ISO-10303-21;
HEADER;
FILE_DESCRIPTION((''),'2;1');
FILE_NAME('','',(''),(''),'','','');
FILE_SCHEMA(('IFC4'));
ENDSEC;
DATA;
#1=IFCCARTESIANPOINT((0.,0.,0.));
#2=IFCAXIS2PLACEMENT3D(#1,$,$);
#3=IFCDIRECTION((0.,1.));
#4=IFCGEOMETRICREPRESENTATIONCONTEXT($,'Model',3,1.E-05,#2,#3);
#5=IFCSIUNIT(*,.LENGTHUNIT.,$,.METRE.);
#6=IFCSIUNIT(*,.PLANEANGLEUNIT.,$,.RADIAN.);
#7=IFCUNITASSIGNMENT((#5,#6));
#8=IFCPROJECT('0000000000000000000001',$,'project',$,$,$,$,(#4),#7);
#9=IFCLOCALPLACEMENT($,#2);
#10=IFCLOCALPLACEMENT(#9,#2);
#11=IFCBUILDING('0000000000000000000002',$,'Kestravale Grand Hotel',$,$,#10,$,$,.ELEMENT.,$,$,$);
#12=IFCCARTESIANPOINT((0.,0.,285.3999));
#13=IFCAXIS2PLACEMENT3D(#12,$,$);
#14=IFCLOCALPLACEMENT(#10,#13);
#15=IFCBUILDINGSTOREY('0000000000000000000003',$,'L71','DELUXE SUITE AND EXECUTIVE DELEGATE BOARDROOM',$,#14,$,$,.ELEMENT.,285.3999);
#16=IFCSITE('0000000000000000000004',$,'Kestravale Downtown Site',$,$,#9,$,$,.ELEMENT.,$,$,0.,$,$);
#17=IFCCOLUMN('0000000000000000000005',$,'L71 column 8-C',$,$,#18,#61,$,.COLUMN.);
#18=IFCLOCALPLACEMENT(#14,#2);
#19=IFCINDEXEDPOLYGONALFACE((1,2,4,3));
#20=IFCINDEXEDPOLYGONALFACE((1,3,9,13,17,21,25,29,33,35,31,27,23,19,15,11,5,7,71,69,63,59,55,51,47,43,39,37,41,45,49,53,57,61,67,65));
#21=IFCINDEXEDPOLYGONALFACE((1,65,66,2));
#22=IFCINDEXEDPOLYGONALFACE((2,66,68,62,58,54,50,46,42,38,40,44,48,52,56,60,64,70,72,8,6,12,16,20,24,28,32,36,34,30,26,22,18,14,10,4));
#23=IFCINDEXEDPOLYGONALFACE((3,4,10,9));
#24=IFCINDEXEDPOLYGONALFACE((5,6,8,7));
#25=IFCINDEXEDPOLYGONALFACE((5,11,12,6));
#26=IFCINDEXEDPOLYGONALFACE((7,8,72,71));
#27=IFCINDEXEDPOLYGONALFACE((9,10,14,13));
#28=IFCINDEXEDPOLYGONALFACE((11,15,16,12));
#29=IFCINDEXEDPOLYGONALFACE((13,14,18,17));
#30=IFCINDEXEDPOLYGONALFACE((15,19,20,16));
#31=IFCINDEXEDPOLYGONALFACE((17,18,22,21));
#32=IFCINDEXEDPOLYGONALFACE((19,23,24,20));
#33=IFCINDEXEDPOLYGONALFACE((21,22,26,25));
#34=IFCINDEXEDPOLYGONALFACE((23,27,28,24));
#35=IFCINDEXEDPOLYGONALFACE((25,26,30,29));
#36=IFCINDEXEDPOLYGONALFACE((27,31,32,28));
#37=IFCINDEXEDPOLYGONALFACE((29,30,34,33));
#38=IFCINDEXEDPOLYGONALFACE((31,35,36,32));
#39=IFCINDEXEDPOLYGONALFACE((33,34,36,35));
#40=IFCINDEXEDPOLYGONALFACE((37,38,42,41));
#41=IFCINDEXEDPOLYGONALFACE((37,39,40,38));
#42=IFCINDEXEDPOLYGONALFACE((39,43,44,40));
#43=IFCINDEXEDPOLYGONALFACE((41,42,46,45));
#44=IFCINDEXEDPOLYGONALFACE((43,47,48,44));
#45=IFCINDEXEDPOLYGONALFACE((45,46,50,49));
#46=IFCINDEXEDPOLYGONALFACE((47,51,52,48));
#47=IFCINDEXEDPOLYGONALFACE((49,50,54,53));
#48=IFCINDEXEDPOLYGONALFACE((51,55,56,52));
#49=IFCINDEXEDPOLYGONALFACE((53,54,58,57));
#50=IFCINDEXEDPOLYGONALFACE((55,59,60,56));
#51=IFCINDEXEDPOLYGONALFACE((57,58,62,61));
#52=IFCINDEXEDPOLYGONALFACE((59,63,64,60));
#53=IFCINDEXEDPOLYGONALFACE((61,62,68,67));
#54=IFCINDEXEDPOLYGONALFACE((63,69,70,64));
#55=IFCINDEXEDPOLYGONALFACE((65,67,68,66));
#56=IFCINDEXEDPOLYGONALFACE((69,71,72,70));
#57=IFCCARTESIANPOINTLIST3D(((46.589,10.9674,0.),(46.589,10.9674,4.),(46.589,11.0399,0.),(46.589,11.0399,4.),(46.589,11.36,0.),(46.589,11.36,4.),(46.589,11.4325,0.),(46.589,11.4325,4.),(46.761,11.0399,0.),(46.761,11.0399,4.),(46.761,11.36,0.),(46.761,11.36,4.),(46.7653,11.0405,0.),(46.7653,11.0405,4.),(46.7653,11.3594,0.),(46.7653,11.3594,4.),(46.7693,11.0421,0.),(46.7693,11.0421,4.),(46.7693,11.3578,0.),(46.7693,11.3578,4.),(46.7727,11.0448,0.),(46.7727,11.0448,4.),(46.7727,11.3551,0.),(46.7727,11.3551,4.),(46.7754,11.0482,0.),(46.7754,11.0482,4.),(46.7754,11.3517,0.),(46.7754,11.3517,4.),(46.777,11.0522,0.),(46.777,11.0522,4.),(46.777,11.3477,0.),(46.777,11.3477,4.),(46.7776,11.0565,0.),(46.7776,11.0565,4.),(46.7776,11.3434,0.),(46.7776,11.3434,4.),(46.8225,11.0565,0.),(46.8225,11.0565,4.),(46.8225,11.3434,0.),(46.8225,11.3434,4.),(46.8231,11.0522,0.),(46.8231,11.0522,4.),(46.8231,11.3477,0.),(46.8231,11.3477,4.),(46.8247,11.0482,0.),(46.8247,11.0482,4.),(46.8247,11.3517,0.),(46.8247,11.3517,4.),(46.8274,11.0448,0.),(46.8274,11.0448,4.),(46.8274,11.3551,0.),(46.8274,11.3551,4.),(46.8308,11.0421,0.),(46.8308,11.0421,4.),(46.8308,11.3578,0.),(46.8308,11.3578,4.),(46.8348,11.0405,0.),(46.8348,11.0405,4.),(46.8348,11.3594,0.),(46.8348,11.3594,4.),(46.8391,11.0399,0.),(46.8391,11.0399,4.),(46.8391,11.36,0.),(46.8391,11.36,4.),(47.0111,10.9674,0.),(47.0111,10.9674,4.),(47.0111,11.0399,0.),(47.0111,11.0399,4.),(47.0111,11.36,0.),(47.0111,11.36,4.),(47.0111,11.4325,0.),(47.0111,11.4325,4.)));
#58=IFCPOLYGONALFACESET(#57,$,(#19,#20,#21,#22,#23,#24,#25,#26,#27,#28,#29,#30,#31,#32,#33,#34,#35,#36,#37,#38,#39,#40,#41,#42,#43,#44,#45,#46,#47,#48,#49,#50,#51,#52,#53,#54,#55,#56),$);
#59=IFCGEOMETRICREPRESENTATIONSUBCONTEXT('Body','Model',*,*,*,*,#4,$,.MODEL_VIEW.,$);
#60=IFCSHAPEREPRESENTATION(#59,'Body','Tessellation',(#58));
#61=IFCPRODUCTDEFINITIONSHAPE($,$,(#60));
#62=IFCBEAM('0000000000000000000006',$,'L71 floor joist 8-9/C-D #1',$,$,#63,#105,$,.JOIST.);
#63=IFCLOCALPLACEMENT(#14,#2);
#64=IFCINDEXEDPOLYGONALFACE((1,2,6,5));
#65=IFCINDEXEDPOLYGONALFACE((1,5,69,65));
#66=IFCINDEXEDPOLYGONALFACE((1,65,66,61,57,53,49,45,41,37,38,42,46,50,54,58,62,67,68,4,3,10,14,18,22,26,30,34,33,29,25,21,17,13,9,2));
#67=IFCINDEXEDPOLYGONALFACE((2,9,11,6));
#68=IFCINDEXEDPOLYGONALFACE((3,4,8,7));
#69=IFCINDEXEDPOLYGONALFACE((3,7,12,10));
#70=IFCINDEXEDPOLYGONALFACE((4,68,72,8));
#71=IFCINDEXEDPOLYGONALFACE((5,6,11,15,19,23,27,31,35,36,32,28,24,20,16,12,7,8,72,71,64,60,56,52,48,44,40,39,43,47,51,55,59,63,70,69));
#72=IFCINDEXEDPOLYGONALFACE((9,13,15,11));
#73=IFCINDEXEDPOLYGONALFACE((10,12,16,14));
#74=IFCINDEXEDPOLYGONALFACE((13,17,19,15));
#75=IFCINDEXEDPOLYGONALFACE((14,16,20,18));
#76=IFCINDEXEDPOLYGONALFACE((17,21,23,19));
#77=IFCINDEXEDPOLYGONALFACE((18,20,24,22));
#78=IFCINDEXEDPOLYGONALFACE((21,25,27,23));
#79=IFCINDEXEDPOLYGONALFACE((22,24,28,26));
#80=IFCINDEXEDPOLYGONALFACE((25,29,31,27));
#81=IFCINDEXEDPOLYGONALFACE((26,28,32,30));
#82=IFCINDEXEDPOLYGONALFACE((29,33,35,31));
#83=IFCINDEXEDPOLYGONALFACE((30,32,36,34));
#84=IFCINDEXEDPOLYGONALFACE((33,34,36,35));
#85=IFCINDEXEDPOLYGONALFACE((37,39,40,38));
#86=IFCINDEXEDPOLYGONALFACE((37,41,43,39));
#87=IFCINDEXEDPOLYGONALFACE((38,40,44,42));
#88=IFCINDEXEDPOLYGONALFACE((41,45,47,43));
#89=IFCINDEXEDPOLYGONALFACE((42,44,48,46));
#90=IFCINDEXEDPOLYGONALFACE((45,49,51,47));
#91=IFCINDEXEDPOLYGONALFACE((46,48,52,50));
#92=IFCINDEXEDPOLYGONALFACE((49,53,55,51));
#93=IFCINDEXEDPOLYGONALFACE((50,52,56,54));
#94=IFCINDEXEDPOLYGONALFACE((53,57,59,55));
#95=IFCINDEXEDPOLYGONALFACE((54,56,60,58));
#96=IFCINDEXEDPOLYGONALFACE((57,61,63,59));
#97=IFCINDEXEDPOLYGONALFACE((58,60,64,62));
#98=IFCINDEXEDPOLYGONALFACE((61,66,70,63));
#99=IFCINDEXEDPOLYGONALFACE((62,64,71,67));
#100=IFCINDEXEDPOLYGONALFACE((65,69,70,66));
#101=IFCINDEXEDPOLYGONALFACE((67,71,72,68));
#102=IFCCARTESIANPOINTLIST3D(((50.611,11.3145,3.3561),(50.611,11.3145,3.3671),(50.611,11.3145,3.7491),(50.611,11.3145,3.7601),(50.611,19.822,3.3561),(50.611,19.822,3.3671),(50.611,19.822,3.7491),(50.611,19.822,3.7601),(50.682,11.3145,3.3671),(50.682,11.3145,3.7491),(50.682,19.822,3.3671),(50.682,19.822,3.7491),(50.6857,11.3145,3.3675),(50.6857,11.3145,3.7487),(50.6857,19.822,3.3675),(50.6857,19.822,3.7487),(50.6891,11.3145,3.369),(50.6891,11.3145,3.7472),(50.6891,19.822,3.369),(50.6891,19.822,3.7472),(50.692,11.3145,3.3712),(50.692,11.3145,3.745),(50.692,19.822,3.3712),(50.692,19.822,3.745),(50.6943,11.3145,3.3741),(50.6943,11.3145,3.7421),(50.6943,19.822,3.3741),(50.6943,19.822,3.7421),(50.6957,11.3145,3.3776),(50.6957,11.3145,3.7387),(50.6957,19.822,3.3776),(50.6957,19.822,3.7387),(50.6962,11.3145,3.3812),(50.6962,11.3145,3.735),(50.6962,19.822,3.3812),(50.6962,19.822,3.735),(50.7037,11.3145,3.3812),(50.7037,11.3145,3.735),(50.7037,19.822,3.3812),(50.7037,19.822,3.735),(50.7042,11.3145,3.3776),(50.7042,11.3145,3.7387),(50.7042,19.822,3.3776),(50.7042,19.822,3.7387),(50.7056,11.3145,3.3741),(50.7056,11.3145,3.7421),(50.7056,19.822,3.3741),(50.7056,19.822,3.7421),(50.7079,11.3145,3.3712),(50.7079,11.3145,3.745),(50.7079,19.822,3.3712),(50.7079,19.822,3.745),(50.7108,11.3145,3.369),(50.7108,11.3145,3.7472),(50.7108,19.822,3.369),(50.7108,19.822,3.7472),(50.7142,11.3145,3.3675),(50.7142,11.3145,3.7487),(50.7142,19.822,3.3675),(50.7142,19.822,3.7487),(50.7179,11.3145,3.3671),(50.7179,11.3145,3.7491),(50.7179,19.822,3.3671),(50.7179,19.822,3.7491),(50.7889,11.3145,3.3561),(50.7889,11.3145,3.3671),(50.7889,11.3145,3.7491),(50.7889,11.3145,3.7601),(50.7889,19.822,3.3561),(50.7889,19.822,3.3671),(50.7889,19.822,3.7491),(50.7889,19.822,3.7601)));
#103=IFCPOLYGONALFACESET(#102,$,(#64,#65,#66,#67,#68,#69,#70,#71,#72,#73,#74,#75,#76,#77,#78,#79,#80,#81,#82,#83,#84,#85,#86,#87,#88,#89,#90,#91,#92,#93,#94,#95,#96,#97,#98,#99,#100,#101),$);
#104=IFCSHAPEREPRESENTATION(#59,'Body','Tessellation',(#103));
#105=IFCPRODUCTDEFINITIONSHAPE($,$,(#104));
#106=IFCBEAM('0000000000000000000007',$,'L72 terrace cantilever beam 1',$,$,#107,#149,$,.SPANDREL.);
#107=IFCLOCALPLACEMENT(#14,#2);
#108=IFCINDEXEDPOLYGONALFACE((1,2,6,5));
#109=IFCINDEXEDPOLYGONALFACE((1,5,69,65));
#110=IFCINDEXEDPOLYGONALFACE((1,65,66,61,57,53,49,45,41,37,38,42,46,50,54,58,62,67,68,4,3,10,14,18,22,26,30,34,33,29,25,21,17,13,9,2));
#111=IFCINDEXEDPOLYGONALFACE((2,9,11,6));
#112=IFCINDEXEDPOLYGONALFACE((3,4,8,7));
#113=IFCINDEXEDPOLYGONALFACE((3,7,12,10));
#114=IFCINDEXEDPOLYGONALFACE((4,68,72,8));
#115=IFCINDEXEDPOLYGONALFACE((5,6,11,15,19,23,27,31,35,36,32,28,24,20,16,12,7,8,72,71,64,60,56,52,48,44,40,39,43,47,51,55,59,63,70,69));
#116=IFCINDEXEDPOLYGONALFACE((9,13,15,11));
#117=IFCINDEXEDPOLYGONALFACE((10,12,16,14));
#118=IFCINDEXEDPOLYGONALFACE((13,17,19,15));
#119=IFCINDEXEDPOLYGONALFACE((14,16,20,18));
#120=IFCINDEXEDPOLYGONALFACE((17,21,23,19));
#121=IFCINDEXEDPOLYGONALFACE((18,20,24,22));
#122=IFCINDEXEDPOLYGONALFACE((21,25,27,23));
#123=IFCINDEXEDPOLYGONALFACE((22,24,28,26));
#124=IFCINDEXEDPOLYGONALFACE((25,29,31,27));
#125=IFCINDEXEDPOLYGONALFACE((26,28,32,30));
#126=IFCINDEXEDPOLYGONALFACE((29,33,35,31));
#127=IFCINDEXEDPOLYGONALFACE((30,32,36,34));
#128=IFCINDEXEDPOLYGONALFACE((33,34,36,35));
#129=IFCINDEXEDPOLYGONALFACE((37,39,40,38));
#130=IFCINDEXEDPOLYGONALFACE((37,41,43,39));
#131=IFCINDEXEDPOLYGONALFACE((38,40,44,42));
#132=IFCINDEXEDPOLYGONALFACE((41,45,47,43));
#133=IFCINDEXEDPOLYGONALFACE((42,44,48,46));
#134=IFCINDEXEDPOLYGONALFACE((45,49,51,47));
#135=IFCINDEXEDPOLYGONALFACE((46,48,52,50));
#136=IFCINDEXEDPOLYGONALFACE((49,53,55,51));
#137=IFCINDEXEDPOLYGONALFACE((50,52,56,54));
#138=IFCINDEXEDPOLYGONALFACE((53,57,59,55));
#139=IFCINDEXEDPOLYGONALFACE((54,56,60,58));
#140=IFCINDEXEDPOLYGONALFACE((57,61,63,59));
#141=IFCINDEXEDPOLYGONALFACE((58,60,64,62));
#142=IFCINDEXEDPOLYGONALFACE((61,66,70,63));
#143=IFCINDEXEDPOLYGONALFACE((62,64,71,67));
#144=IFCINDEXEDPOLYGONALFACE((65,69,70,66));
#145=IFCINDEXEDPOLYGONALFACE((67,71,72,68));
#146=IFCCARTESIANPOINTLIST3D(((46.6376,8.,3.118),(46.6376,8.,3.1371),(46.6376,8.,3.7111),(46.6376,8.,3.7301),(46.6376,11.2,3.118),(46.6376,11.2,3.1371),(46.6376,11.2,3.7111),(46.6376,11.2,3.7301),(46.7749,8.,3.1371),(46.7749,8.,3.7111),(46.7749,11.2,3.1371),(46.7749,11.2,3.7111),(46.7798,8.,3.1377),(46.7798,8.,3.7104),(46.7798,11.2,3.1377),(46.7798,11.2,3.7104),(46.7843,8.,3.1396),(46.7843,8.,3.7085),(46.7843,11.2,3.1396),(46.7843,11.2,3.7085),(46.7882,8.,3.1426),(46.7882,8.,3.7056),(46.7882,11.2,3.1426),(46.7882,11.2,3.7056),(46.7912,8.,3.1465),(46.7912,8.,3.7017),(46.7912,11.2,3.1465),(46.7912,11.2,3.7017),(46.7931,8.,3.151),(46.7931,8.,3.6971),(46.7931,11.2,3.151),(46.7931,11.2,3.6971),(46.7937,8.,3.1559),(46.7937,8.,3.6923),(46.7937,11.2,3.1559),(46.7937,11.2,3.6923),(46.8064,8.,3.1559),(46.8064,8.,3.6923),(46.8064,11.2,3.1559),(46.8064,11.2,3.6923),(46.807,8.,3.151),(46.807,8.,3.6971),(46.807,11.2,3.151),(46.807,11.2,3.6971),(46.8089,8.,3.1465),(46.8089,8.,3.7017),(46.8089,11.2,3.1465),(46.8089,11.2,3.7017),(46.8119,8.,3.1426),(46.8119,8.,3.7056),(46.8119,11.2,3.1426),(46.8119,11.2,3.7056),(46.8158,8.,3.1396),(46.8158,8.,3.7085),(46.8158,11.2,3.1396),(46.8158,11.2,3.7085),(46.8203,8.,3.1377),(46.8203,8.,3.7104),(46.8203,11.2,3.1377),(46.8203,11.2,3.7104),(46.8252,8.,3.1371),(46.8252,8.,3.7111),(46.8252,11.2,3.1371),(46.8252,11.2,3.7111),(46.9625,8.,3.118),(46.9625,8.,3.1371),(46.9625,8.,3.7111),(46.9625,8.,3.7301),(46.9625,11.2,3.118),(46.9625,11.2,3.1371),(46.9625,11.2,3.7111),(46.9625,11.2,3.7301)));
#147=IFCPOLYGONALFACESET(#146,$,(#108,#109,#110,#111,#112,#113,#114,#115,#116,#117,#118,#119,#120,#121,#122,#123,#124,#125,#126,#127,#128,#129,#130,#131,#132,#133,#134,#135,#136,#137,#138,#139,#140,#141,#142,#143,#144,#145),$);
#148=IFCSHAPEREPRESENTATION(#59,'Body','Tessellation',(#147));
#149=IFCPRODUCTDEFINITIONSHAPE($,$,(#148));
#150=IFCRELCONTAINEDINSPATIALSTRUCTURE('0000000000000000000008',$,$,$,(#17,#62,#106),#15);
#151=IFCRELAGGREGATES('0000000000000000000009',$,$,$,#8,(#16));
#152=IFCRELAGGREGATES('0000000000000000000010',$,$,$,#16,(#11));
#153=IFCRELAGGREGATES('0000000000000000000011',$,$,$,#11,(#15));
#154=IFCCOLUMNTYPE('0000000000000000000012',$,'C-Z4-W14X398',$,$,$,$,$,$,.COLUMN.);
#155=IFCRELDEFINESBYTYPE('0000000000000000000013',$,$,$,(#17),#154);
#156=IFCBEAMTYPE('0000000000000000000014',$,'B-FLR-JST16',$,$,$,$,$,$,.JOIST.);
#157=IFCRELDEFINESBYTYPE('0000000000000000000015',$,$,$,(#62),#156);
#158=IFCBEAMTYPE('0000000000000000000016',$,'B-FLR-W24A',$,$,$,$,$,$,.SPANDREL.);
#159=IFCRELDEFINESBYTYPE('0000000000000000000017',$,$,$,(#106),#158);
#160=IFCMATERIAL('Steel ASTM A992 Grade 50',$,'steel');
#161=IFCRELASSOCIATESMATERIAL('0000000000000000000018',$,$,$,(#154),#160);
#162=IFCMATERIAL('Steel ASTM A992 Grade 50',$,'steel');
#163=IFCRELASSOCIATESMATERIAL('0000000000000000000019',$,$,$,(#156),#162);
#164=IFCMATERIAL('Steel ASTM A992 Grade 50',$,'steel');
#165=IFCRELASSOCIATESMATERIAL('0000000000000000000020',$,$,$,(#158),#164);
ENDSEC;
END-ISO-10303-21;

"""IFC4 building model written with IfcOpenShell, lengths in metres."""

from ifc_helpers import new_model, si_unit, direction, frame, origin, origin_2d, place, context, subcontext, project, spatial, i_section, extrude, material, material_profile, profile_set, type_object, element, save


model = new_model("IFC4")

# Units and contexts
model_context = context("Model", 3, precision=1e-05, world=origin(), true_north=direction((0.0, 1.0)))
body_context = subcontext(model_context, "Body", "Model", "MODEL_VIEW")
ifc_project = project(units=[si_unit("LENGTHUNIT", "METRE"), si_unit("PLANEANGLEUNIT", "RADIAN")], contexts=[model_context])

# Site, building, storey
site_placement = place(None, origin())
site = spatial("IfcSite", under=ifc_project, at=site_placement, Name="Kestravale Downtown Site", CompositionType="ELEMENT", RefElevation=0.0)
building_placement = place(site_placement, origin())
building = spatial("IfcBuilding", under=site, at=building_placement, Name="Kestravale Grand Hotel", CompositionType="ELEMENT")
storey_placement = place(building_placement, frame((0.0, 0.0, 285.3999)))
storey = spatial("IfcBuildingStorey", under=building, at=storey_placement, Name="L71", Description="DELUXE SUITE AND EXECUTIVE DELEGATE BOARDROOM", CompositionType="ELEMENT", Elevation=285.3999)

# Column
ifc_material_1 = material(Name="Steel ASTM A992 Grade 50", Category="steel")
ifc_material_profile_1 = material_profile(ifc_material_1, i_section(OverallWidth=0.4221, OverallDepth=0.4651, WebThickness=0.0449, FlangeThickness=0.0725, FilletRadius=0.0166, at=origin_2d()))
ifc_profile_set_1 = profile_set([ifc_material_profile_1], Name="Steel ASTM A992 Grade 50")
column_type = type_object("IfcColumnType", Name="C-Z4-W14X398", PredefinedType="COLUMN", material=ifc_profile_set_1)
column_placement = place(storey_placement, frame((46.8, 11.2, 0.0), z_axis=(0.0, 0.0, 1.0), x_axis=(1.0, 0.0, 0.0)))
element("IfcColumn", 1, at=column_placement, inside=storey, type_object=column_type, Name="L71 column 8-C", PredefinedType="COLUMN", context=body_context, shape_type="SweptSolid", body=[
    extrude(i_section(OverallWidth=0.4221, OverallDepth=0.4651, WebThickness=0.0449, FlangeThickness=0.0725, FilletRadius=0.0166, at=origin_2d()), origin(), (0.0, 0.0, 1.0), 4.0),
])

# Beams
ifc_material_2 = material(Name="Steel ASTM A992 Grade 50", Category="steel")
ifc_material_profile_2 = material_profile(ifc_material_2, i_section(OverallWidth=0.178, OverallDepth=0.4041, WebThickness=0.0076, FlangeThickness=0.011, FilletRadius=0.0142, at=origin_2d()))
ifc_profile_set_2 = profile_set([ifc_material_profile_2], Name="Steel ASTM A992 Grade 50")
beam_type_1 = type_object("IfcBeamType", Name="B-FLR-JST16", PredefinedType="JOIST", material=ifc_profile_set_2)
beam_1_placement = place(storey_placement, frame((50.7, 11.3145, 3.5581), z_axis=(0.0, 1.0, 0.0), x_axis=(-1.0, 0.0, 0.0)))
element("IfcBeam", 2, at=beam_1_placement, inside=storey, type_object=beam_type_1, Name="L71 floor joist 8-9/C-D #1", PredefinedType="JOIST", context=body_context, shape_type="SweptSolid", body=[
    extrude(i_section(OverallWidth=0.178, OverallDepth=0.4041, WebThickness=0.0076, FlangeThickness=0.011, FilletRadius=0.0142, at=origin_2d()), origin(), (0.0, 0.0, 1.0), 8.5076),
])
ifc_material_3 = material(Name="Steel ASTM A992 Grade 50", Category="steel")
ifc_material_profile_3 = material_profile(ifc_material_3, i_section(OverallWidth=0.325, OverallDepth=0.6121, WebThickness=0.0127, FlangeThickness=0.019, FilletRadius=0.0188, at=origin_2d()))
ifc_profile_set_3 = profile_set([ifc_material_profile_3], Name="Steel ASTM A992 Grade 50")
beam_type_2 = type_object("IfcBeamType", Name="B-FLR-W24A", PredefinedType="SPANDREL", material=ifc_profile_set_3)
beam_2_placement = place(storey_placement, frame((46.8, 11.2, 3.4241), z_axis=(0.0, -1.0, 0.0), x_axis=(1.0, 0.0, 0.0)))
element("IfcBeam", 3, at=beam_2_placement, inside=storey, type_object=beam_type_2, Name="L72 terrace cantilever beam 1", PredefinedType="SPANDREL", context=body_context, shape_type="SweptSolid", body=[
    extrude(i_section(OverallWidth=0.325, OverallDepth=0.6121, WebThickness=0.0127, FlangeThickness=0.019, FilletRadius=0.0188, at=origin_2d()), origin(), (0.0, 0.0, 1.0), 3.2),
])

save(model, "model.ifc")
